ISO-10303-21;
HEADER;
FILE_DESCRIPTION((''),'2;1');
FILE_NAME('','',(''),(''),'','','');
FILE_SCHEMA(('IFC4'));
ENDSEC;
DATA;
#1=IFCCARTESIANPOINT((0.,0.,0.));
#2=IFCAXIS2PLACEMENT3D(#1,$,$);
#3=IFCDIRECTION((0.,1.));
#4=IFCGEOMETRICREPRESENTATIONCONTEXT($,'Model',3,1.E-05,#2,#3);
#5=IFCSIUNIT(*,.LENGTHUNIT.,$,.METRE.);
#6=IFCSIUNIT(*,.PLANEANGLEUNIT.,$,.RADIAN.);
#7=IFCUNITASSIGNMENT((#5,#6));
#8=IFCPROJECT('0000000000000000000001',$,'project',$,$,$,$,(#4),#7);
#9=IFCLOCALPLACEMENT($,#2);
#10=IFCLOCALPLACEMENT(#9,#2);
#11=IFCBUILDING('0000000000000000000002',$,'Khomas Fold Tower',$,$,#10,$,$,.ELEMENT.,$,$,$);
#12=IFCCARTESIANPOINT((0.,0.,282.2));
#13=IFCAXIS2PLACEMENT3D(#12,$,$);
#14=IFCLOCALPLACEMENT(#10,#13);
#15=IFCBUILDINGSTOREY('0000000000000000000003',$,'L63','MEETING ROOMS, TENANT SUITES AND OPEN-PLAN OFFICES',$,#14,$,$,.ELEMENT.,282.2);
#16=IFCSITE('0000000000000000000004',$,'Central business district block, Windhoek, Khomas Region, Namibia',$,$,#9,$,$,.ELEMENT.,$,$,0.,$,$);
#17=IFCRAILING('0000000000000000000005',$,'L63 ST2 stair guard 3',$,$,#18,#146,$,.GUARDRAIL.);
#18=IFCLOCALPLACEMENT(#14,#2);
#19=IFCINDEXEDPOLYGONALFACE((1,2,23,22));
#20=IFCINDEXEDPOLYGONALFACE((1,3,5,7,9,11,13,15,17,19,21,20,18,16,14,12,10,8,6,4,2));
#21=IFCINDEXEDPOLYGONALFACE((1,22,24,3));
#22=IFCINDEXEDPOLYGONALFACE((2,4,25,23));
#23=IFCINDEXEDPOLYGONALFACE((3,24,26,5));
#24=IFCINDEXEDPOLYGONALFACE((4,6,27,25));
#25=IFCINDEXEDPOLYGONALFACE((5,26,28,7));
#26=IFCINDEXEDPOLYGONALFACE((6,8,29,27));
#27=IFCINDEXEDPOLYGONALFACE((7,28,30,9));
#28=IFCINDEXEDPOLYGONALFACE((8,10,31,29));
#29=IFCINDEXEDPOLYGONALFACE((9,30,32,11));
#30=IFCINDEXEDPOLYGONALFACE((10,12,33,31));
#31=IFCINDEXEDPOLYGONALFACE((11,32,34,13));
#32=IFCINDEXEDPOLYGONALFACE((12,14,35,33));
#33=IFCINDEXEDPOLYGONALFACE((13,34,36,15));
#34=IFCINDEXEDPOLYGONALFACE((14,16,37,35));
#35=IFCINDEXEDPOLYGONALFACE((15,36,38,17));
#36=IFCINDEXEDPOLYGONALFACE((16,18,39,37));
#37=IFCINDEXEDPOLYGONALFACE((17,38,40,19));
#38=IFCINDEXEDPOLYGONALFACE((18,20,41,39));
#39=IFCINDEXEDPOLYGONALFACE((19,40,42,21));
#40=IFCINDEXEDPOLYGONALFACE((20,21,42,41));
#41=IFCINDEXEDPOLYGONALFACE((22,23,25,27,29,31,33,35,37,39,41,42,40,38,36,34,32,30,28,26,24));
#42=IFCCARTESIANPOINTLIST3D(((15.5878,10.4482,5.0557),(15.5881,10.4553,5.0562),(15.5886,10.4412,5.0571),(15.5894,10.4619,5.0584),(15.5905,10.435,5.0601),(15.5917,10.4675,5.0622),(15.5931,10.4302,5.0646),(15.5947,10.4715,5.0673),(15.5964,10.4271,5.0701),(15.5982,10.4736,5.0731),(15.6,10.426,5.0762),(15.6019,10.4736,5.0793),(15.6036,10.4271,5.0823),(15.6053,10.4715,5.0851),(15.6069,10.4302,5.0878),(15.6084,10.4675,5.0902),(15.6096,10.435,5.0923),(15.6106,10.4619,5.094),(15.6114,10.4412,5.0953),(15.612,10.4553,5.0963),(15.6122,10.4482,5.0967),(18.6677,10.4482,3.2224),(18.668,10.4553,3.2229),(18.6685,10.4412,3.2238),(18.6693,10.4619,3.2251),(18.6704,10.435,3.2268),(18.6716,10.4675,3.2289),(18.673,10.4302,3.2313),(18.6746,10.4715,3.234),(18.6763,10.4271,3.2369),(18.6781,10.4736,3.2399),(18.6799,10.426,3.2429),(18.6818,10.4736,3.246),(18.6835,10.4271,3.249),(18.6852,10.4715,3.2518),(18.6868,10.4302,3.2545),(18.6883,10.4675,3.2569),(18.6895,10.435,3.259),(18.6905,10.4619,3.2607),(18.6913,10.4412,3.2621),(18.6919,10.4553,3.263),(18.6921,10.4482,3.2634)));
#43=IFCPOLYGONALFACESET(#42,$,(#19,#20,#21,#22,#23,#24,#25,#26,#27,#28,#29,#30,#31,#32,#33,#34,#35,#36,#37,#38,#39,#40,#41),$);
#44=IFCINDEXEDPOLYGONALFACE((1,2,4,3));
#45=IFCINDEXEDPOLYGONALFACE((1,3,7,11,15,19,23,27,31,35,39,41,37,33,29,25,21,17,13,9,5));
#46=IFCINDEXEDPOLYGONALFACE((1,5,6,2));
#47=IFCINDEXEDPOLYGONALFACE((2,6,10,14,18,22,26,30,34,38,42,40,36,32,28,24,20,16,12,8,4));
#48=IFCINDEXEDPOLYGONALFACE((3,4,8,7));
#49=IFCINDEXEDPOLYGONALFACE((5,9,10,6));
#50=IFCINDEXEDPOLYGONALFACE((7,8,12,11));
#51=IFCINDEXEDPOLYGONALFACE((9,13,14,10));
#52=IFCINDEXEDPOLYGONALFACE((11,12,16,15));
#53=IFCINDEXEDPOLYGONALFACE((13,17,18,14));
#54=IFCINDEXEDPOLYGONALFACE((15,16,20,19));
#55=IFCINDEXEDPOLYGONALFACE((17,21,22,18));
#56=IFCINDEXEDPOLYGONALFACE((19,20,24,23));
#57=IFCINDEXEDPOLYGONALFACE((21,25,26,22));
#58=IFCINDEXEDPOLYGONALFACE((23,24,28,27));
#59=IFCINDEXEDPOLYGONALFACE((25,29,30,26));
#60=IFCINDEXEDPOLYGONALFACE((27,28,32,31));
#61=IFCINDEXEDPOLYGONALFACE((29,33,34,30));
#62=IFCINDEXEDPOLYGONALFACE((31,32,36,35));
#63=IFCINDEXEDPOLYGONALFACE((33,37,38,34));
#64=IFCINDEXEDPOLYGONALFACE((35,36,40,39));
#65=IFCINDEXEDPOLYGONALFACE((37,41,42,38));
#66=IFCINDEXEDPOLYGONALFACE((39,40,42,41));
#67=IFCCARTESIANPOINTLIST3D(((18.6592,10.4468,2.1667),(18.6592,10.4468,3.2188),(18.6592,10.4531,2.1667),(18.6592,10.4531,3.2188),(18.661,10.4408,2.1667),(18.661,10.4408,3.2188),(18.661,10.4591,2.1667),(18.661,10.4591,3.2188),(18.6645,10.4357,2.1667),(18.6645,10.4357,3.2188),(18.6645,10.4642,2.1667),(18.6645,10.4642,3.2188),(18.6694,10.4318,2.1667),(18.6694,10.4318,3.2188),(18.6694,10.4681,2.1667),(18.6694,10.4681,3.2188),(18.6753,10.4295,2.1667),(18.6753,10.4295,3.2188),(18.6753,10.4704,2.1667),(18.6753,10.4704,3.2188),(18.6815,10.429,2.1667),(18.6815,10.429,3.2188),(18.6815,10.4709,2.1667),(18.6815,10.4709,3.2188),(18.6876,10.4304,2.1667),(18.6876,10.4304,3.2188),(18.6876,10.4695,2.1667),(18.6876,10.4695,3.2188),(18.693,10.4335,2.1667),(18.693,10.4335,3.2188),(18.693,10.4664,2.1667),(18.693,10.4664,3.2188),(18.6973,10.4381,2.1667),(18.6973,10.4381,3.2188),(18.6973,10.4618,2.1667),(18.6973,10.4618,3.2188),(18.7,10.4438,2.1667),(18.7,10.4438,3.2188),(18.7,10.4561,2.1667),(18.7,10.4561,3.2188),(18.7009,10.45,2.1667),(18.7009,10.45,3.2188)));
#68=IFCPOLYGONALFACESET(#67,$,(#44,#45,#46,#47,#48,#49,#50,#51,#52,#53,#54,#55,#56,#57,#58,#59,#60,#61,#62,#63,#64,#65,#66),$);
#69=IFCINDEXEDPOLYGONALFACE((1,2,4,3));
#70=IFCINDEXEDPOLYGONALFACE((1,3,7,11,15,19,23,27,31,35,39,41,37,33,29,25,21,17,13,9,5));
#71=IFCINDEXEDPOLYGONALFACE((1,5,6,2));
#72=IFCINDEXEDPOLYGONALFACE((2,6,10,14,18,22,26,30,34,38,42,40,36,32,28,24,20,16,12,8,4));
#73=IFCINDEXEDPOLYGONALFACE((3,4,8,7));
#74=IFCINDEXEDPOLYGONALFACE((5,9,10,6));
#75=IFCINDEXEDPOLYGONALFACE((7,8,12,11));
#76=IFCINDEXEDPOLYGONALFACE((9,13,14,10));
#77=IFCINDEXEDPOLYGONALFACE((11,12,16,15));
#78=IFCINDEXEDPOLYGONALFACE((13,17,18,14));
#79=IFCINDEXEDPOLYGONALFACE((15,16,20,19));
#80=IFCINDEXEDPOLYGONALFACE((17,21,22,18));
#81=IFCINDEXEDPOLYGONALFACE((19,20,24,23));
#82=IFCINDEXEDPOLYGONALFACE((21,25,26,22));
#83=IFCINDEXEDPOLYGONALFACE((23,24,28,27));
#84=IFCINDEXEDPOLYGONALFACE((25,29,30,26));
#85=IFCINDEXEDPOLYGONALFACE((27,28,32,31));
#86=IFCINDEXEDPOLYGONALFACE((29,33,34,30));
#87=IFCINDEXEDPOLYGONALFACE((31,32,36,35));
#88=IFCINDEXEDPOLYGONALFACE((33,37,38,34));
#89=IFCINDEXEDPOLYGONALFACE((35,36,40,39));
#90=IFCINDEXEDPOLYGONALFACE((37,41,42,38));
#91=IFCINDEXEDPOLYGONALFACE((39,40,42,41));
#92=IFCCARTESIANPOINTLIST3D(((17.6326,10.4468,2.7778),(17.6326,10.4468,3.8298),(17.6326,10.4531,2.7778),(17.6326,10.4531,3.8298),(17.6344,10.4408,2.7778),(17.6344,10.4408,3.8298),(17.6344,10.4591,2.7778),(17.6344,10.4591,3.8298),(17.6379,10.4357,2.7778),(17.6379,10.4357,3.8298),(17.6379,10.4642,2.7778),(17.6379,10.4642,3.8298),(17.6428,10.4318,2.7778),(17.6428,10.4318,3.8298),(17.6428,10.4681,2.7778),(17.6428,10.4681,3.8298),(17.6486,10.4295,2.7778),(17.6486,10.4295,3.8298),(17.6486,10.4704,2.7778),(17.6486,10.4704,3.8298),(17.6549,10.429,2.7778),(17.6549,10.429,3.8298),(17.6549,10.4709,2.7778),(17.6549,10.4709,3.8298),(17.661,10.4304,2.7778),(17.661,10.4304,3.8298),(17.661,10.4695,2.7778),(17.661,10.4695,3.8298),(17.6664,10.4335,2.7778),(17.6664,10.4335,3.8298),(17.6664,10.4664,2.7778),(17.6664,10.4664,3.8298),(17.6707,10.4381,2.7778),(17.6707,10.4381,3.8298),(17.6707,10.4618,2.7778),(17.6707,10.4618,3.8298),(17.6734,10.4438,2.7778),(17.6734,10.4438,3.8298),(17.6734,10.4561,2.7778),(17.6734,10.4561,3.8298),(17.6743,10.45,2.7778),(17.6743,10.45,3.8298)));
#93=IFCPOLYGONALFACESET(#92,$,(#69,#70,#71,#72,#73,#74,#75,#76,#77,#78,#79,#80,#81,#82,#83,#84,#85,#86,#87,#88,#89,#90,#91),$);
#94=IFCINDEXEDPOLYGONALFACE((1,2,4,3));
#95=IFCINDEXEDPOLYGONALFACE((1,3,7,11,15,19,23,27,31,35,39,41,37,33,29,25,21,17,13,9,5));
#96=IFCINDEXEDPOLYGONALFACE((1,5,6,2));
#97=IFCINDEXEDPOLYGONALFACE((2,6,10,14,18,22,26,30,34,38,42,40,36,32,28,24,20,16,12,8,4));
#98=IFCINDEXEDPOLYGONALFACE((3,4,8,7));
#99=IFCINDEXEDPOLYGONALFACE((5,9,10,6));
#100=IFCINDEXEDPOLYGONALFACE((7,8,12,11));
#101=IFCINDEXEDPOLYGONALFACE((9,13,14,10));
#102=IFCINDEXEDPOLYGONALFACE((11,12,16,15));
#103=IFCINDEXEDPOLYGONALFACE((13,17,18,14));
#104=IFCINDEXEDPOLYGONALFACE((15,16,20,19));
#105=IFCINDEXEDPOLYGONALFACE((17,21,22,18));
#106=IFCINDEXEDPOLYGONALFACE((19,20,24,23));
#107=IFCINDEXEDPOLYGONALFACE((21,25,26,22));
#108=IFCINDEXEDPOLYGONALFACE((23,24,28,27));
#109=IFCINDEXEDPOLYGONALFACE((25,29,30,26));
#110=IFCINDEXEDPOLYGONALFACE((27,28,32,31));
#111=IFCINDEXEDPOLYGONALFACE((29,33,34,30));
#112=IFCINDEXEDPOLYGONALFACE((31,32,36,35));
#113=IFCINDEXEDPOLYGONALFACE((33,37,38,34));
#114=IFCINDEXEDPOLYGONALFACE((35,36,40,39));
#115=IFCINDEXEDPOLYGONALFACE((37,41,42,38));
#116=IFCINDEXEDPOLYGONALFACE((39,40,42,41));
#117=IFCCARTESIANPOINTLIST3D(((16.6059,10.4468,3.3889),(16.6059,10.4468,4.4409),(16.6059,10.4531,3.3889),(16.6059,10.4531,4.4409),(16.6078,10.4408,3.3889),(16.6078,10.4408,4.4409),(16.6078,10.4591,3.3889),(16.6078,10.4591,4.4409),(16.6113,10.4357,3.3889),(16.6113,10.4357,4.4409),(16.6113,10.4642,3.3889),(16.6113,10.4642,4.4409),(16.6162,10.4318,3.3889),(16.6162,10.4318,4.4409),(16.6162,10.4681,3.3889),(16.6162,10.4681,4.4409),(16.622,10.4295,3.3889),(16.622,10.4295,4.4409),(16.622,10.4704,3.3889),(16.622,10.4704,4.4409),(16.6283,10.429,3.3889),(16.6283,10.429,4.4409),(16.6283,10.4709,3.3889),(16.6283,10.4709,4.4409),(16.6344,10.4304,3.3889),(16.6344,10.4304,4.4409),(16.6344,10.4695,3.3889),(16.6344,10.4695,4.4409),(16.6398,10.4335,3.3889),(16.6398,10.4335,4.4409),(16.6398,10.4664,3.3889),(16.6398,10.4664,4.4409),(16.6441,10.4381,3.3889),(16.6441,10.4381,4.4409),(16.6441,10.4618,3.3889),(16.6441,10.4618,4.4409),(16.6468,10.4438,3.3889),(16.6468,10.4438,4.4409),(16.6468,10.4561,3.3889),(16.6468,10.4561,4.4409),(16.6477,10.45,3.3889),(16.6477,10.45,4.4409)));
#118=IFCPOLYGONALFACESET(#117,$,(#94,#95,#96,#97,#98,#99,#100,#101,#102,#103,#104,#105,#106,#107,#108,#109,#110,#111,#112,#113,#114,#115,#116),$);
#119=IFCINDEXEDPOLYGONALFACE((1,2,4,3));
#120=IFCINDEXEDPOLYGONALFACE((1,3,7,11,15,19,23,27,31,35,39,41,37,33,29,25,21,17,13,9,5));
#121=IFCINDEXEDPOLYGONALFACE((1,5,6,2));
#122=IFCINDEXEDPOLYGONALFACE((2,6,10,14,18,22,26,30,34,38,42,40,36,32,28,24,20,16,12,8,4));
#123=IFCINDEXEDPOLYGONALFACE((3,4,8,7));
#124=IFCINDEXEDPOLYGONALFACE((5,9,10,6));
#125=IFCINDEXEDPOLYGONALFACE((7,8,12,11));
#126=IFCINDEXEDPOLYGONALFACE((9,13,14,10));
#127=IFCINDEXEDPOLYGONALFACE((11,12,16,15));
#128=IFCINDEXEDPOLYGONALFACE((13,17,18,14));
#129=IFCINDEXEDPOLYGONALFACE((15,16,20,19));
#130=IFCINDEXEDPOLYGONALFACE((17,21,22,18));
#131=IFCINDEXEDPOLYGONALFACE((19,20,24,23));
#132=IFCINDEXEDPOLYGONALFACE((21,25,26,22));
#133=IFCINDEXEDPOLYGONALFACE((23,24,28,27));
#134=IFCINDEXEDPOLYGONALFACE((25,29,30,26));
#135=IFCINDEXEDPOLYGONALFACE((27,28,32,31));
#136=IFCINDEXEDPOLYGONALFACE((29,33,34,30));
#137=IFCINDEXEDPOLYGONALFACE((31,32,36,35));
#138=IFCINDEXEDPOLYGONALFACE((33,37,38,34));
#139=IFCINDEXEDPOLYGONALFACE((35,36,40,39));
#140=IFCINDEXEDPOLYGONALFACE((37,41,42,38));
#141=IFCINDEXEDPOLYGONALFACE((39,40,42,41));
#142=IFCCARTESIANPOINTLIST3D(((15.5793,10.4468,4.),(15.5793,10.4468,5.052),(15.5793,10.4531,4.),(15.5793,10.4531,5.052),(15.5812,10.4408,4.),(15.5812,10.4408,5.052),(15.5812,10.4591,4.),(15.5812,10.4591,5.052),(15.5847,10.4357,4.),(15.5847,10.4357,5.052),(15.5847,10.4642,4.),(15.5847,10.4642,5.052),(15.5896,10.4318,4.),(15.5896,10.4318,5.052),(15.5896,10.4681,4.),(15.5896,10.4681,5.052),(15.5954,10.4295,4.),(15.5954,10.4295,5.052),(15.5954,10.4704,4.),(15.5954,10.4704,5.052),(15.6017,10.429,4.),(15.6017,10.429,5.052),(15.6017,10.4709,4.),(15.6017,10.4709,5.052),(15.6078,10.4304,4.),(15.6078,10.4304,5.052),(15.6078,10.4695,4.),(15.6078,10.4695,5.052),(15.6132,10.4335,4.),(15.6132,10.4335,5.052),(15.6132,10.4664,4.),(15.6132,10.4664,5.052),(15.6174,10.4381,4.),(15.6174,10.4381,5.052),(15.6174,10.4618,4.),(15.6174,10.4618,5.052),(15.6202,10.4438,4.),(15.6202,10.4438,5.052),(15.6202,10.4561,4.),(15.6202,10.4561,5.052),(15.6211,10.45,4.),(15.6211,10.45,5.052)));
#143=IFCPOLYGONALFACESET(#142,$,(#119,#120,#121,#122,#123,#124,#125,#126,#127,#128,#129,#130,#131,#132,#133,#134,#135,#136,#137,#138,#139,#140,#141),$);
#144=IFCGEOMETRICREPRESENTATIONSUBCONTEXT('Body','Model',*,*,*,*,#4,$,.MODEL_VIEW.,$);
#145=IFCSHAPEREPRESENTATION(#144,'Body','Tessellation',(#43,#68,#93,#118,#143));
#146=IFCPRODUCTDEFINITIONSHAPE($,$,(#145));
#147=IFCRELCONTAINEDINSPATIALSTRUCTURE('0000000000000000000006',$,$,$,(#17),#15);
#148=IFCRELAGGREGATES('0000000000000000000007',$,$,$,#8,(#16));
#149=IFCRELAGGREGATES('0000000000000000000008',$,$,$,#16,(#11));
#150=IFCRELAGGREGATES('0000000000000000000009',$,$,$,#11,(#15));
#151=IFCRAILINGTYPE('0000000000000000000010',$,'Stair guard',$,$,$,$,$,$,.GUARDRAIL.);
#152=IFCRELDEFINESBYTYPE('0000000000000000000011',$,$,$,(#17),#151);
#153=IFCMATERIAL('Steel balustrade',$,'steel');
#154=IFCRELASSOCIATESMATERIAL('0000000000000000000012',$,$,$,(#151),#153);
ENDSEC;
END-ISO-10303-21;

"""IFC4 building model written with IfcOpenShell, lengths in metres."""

from ifc_helpers import new_model, si_unit, direction, frame, origin, origin_2d, place, context, subcontext, project, spatial, circle, extrude, source, transform, mapped, material, type_object, element, save


model = new_model("IFC4")

# Units and contexts
model_context = context("Model", 3, precision=1e-05, world=origin(), true_north=direction((0.0, 1.0)))
body_context = subcontext(model_context, "Body", "Model", "MODEL_VIEW")
ifc_project = project(units=[si_unit("LENGTHUNIT", "METRE"), si_unit("PLANEANGLEUNIT", "RADIAN")], contexts=[model_context])

# Site, building, storey
site_placement = place(None, origin())
site = spatial("IfcSite", under=ifc_project, at=site_placement, Name="Central business district block, Windhoek, Khomas Region, Namibia", CompositionType="ELEMENT", RefElevation=0.0)
building_placement = place(site_placement, origin())
building = spatial("IfcBuilding", under=site, at=building_placement, Name="Khomas Fold Tower", CompositionType="ELEMENT")
storey_placement = place(building_placement, frame((0.0, 0.0, 282.2)))
storey = spatial("IfcBuildingStorey", under=building, at=storey_placement, Name="L63", Description="MEETING ROOMS, TENANT SUITES AND OPEN-PLAN OFFICES", CompositionType="ELEMENT", Elevation=282.2)

# Railing
ifc_material_1 = material(Name="Steel balustrade", Category="steel")
railing_type_1 = type_object("IfcRailingType", Name="Stair guard", PredefinedType="GUARDRAIL", material=ifc_material_1)
shared_shape_1 = source(origin(), body_context, "Body", "SweptSolid", [
    extrude(circle(Radius=0.0239, at=origin_2d()), frame((0.0, 0.0, 1.0762), z_axis=(-0.859291, 0.0, 0.511487), x_axis=(0.0, -1.0, 0.0)), (0.0, 0.0, 1.0), 3.5842),
    extrude(circle(Radius=0.021, at=origin_2d()), origin(), (0.0, 0.0, 1.0), 1.052),
    extrude(circle(Radius=0.021, at=origin_2d()), frame((-1.0266, 0.0, 0.6111)), (0.0, 0.0, 1.0), 1.052),
    extrude(circle(Radius=0.021, at=origin_2d()), frame((-2.0532, 0.0, 1.2222)), (0.0, 0.0, 1.0), 1.052),
    extrude(circle(Radius=0.021, at=origin_2d()), frame((-3.0798, 0.0, 1.8333)), (0.0, 0.0, 1.0), 1.052),
])
railing_1_placement = place(storey_placement, frame((18.6799, 10.45, 2.1667)))
element("IfcRailing", 1, at=railing_1_placement, inside=storey, type_object=railing_type_1, Name="L63 ST2 stair guard 3", PredefinedType="GUARDRAIL", context=body_context, shape_type="MappedRepresentation", body=[
    mapped(shared_shape_1, transform((0.0, 0.0, 0.0))),
])

save(model, "model.ifc")
